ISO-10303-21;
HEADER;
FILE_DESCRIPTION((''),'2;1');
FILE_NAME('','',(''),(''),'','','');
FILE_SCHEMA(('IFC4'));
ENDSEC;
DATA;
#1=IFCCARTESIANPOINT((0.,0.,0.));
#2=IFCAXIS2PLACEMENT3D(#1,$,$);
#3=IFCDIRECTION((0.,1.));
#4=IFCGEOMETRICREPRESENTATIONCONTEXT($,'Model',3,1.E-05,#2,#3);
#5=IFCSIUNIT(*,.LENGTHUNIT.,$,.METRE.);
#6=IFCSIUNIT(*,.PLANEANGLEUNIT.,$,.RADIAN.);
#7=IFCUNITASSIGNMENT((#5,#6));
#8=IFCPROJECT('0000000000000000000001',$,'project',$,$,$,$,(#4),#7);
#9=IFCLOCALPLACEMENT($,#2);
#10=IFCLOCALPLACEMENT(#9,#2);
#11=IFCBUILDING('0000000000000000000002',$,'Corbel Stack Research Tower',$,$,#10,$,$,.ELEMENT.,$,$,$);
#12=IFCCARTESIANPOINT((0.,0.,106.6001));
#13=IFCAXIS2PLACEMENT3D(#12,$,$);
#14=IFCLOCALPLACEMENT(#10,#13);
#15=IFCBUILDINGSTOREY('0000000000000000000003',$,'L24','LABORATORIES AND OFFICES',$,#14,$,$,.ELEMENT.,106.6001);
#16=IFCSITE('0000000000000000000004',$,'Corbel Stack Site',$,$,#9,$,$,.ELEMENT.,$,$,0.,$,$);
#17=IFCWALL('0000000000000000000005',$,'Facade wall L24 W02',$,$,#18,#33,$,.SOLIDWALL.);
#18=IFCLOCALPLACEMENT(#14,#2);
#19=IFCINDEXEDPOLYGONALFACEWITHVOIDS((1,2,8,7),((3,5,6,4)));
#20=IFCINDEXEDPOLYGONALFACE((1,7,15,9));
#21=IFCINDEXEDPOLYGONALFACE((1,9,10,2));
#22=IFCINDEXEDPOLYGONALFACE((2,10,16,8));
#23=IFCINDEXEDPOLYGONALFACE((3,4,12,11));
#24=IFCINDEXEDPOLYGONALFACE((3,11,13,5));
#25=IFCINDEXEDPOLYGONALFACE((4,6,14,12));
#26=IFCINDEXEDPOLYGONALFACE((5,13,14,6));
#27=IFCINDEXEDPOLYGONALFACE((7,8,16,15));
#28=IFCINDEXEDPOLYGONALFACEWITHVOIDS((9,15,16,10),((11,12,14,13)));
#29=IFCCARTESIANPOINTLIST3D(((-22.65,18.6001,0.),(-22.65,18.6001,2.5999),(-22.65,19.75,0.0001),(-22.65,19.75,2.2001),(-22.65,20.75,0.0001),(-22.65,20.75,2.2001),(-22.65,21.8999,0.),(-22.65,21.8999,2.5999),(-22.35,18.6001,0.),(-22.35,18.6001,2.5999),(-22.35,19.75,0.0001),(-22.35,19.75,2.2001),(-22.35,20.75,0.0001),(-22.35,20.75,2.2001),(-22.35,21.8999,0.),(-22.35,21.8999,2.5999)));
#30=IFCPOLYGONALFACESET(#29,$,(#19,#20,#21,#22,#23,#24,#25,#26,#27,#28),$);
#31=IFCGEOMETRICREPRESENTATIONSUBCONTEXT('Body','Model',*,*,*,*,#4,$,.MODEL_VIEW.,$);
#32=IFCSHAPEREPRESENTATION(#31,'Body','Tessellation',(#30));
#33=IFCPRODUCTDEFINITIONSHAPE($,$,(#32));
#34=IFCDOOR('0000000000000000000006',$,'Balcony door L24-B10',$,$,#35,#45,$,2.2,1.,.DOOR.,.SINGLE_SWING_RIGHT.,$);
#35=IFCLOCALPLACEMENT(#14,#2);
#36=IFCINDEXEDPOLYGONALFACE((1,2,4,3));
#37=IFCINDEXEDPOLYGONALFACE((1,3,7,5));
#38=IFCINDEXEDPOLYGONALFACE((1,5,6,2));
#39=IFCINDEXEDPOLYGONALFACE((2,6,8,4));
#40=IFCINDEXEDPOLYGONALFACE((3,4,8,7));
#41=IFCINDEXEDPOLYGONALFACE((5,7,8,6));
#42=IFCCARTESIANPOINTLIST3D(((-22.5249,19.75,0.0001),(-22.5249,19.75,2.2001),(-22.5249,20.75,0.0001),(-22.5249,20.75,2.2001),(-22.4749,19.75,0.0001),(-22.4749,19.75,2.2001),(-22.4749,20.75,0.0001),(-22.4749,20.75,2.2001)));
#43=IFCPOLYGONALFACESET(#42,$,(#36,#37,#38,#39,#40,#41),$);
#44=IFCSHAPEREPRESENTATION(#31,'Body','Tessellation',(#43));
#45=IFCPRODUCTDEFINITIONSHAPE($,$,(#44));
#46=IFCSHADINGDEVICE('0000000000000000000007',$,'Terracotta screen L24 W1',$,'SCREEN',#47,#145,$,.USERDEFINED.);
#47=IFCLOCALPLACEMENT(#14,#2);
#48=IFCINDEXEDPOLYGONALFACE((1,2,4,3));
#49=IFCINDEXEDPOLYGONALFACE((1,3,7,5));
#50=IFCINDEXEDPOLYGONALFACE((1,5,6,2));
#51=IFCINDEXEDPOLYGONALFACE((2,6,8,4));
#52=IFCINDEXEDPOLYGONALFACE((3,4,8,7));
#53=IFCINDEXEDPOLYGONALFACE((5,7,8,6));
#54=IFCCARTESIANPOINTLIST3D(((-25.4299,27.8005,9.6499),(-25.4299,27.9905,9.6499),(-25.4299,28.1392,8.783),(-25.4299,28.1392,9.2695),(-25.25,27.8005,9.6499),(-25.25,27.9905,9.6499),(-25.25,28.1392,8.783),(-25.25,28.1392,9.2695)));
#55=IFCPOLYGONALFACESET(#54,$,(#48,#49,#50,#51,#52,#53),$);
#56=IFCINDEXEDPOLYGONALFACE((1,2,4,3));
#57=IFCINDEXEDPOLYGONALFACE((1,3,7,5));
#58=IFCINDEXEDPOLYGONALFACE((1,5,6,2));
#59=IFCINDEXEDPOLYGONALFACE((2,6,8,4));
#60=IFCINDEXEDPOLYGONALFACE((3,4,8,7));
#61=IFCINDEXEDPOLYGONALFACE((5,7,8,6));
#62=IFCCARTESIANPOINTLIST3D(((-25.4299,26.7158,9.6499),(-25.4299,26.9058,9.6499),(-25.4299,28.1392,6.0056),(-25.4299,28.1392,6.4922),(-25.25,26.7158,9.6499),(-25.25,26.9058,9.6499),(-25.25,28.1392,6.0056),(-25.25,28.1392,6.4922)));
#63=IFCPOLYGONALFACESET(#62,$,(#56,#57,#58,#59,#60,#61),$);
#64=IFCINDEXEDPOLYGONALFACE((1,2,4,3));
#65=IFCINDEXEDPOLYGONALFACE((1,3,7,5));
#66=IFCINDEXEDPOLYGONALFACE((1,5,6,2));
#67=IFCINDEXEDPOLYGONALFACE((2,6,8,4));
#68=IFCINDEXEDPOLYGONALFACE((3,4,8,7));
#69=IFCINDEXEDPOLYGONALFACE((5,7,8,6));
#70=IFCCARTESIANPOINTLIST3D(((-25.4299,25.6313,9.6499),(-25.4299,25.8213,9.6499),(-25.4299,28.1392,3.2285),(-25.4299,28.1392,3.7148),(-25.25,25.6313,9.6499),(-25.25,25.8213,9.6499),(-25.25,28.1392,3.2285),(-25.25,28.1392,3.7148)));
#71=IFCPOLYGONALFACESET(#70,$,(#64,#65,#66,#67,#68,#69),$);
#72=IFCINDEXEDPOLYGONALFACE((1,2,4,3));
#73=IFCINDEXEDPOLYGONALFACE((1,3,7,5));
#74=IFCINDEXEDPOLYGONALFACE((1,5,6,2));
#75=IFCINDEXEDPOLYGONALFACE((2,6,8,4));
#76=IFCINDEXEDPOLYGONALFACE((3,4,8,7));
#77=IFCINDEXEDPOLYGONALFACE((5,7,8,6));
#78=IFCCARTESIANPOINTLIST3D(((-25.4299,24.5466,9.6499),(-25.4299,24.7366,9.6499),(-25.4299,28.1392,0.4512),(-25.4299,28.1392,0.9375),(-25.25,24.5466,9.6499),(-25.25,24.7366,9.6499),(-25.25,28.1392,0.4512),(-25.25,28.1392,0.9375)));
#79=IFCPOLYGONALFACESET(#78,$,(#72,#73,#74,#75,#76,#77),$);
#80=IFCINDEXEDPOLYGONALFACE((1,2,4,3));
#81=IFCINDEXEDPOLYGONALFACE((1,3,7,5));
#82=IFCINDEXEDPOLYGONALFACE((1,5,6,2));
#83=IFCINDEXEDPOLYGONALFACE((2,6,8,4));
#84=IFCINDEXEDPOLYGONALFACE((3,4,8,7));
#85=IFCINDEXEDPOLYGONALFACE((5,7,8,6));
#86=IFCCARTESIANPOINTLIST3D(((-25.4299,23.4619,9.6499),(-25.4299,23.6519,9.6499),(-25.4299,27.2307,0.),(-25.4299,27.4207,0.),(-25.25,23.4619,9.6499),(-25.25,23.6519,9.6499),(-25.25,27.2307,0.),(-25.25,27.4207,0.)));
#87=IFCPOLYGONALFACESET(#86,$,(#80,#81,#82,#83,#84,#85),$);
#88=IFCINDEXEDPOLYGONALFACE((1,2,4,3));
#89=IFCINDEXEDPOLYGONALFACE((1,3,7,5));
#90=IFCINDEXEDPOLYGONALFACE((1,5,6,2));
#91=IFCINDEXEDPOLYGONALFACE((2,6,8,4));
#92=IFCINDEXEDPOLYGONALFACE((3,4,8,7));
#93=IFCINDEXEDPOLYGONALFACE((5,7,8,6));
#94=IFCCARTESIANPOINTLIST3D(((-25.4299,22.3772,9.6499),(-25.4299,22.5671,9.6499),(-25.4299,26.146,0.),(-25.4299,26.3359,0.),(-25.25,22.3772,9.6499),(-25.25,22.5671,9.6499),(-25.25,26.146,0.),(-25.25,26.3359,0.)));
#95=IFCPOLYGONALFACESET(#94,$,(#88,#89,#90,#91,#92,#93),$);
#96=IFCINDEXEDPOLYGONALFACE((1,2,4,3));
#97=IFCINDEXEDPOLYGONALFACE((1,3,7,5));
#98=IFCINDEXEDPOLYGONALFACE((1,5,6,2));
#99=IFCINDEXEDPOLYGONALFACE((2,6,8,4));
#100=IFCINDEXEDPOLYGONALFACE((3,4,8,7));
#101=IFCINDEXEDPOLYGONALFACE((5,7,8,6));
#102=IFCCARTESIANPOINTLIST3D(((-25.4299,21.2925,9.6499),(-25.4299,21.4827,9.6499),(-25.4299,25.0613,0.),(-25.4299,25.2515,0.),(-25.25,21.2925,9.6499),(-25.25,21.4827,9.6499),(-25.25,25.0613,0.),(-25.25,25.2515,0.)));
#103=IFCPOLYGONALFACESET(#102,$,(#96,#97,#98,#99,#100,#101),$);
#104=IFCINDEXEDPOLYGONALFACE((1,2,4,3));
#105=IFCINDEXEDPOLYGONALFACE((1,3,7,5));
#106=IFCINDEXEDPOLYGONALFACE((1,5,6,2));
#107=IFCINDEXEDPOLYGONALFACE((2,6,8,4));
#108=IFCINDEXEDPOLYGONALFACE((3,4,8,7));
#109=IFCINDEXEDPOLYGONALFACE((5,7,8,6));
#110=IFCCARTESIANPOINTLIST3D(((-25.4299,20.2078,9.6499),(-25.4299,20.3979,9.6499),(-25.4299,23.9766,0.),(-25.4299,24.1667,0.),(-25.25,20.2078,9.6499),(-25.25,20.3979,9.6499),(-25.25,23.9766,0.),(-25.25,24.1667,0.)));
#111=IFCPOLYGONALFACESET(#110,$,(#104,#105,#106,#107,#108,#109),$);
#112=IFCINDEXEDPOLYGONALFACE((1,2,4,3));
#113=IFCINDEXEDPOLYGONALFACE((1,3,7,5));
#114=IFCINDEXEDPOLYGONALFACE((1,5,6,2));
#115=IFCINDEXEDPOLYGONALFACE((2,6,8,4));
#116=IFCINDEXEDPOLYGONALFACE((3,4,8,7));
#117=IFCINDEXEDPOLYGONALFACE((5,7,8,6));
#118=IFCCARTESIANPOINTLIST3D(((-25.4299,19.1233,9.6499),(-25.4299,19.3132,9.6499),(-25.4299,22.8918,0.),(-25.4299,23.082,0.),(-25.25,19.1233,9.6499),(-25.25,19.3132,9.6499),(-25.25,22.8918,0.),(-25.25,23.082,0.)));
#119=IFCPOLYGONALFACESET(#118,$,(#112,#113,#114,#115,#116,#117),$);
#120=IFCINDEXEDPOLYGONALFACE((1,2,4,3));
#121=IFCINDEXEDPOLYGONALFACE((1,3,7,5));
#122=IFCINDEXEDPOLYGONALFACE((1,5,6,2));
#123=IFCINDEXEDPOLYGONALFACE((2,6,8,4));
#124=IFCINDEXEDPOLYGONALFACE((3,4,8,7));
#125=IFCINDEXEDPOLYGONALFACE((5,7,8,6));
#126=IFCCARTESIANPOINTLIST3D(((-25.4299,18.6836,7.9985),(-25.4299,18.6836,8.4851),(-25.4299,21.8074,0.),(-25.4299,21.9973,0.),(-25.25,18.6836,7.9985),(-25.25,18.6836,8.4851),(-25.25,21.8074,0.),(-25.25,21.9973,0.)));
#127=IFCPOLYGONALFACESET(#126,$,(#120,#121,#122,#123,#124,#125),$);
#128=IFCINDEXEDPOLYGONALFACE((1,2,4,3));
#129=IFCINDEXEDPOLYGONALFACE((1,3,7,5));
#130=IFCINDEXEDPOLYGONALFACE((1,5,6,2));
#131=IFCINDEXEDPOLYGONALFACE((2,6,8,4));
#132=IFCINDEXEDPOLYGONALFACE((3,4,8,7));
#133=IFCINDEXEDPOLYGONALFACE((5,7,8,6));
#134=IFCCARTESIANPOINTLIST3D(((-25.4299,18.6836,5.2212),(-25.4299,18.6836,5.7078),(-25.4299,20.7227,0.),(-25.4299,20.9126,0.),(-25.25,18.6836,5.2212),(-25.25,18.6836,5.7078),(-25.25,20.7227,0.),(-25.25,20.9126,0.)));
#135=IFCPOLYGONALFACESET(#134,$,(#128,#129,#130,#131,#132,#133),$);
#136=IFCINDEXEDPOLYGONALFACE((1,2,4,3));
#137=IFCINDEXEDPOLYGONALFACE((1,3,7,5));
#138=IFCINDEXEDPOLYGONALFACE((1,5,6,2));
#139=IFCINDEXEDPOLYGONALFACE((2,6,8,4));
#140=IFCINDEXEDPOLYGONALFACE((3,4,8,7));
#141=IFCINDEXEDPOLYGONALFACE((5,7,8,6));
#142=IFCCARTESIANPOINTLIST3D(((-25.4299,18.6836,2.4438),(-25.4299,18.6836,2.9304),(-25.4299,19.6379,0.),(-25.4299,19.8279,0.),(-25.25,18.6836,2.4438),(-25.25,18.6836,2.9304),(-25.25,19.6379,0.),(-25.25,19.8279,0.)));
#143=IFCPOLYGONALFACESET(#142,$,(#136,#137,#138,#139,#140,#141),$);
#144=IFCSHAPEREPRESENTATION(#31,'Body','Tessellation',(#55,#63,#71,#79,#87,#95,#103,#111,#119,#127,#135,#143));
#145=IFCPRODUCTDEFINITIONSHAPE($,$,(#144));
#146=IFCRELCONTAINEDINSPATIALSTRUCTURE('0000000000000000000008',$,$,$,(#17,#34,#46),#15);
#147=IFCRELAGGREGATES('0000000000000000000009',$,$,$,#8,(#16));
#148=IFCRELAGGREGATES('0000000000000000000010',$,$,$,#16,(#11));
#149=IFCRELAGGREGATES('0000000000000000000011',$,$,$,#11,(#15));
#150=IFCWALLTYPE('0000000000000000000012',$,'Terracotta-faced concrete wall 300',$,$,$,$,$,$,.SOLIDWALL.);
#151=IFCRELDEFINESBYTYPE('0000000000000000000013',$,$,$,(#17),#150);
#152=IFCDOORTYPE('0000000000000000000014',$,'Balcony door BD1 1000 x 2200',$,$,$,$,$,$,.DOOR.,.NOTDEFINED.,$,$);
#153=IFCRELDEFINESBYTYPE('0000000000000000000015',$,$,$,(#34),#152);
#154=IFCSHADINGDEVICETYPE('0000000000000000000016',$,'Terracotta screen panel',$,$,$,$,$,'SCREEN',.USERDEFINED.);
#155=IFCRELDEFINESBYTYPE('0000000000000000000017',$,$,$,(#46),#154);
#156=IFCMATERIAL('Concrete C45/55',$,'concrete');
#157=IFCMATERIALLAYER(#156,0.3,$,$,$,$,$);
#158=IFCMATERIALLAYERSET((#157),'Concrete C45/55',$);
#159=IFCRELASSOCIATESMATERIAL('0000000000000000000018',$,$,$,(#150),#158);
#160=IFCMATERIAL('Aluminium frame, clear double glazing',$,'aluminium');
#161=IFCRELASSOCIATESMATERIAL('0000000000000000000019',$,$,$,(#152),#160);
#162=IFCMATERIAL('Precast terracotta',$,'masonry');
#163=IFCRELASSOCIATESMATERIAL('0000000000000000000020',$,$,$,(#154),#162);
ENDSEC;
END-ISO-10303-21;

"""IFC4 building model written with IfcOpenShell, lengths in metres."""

from ifc_helpers import new_model, si_unit, direction, frame, frame_2d, origin, place, context, subcontext, project, spatial, polyline, rectangle, outline, extrude, source, transform, mapped, material, layer, layer_set, type_object, element, fill, save


model = new_model("IFC4")

# Units and contexts
model_context = context("Model", 3, precision=1e-05, world=origin(), true_north=direction((0.0, 1.0)))
body_context = subcontext(model_context, "Body", "Model", "MODEL_VIEW")
ifc_project = project(units=[si_unit("LENGTHUNIT", "METRE"), si_unit("PLANEANGLEUNIT", "RADIAN")], contexts=[model_context])

# Site, building, storey
site_placement = place(None, origin())
site = spatial("IfcSite", under=ifc_project, at=site_placement, Name="Corbel Stack Site", CompositionType="ELEMENT", RefElevation=0.0)
building_placement = place(site_placement, origin())
building = spatial("IfcBuilding", under=site, at=building_placement, Name="Corbel Stack Research Tower", CompositionType="ELEMENT")
storey_placement = place(building_placement, frame((0.0, 0.0, 106.6001)))
storey = spatial("IfcBuildingStorey", under=building, at=storey_placement, Name="L24", Description="LABORATORIES AND OFFICES", CompositionType="ELEMENT", Elevation=106.6001)

# Shared definitions
ifc_material_1 = material(Name="Concrete C45/55", Category="concrete")
ifc_layer_1 = layer(ifc_material_1, 0.3)
ifc_layer_set_1 = layer_set([ifc_layer_1], Name="Concrete C45/55")
wall_type_1 = type_object("IfcWallType", Name="Terracotta-faced concrete wall 300", PredefinedType="SOLIDWALL", material=ifc_layer_set_1)

# Wall, opening, door
wall_1_placement = place(storey_placement, frame((-22.5, 18.6001, 0.0), z_axis=(0.0, 0.0, 1.0), x_axis=(0.0, 1.0, 0.0)))
wall_1 = element("IfcWall", 1, at=wall_1_placement, inside=storey, type_object=wall_type_1, Name="Facade wall L24 W02", PredefinedType="SOLIDWALL", context=body_context, shape_type="SweptSolid", body=[
    extrude(rectangle(XDim=3.2998, YDim=0.3, at=frame_2d((1.6499, 0.0))), origin(), (0.0, 0.0, 1.0), 2.5999),
])
opening_1_placement = place(wall_1_placement, frame((1.1499, 0.0, 0.0)))
opening_1 = element("IfcOpeningElement", 2, at=opening_1_placement, cuts=wall_1, PredefinedType="OPENING", context=body_context, shape_type="SweptSolid", body=[
    extrude(rectangle(XDim=1.0, YDim=2.2, at=frame_2d((0.5, 1.1001))), frame((0.0, 0.1599, 0.0), z_axis=(0.0, -1.0, 0.0), x_axis=(1.0, 0.0, 0.0)), (0.0, 0.0, 1.0), 0.3201),
])
ifc_material_2 = material(Name="Aluminium frame, clear double glazing", Category="aluminium")
door_type_1 = type_object("IfcDoorType", Name="Balcony door BD1 1000 x 2200", OperationType="NOTDEFINED", PredefinedType="DOOR", material=ifc_material_2)
door_1_placement = place(opening_1_placement, origin())
door_1 = element("IfcDoor", 3, at=door_1_placement, inside=storey, type_object=door_type_1, Name="Balcony door L24-B10", OperationType="SINGLE_SWING_RIGHT", OverallHeight=2.2, OverallWidth=1.0, PredefinedType="DOOR", context=body_context, shape_type="SweptSolid", body=[
    extrude(rectangle(XDim=1.0, YDim=2.2, at=frame_2d((0.5, 1.1001))), frame((0.0, 0.0249, 0.0), z_axis=(0.0, -1.0, 0.0), x_axis=(1.0, 0.0, 0.0)), (0.0, 0.0, 1.0), 0.05),
])
fill(opening_1, door_1)

# Shading device
ifc_material_3 = material(Name="Precast terracotta", Category="masonry")
shading_device_type = type_object("IfcShadingDeviceType", Name="Terracotta screen panel", ElementType="SCREEN", PredefinedType="USERDEFINED", material=ifc_material_3)
shared_shape_1 = source(origin(), body_context, "Body", "SweptSolid", [
    extrude(outline(polyline([(0.3386, 9.6499), (0.1487, 9.6499), (0.0, 9.2695), (0.0, 8.783), (0.3386, 9.6499)])), frame((0.0, 0.0, 0.0), z_axis=(0.0, -1.0, 0.0), x_axis=(1.0, 0.0, 0.0)), (0.0, 0.0, 1.0), 0.1799),
    extrude(outline(polyline([(1.4233, 9.6499), (1.2334, 9.6499), (0.0, 6.4922), (0.0, 6.0056), (1.4233, 9.6499)])), frame((0.0, 0.0, 0.0), z_axis=(0.0, -1.0, 0.0), x_axis=(1.0, 0.0, 0.0)), (0.0, 0.0, 1.0), 0.1799),
    extrude(outline(polyline([(2.5078, 9.6499), (2.3179, 9.6499), (0.0, 3.7148), (0.0, 3.2285), (2.5078, 9.6499)])), frame((0.0, 0.0, 0.0), z_axis=(0.0, -1.0, 0.0), x_axis=(1.0, 0.0, 0.0)), (0.0, 0.0, 1.0), 0.1799),
    extrude(outline(polyline([(3.5925, 9.6499), (3.4026, 9.6499), (0.0, 0.9375), (0.0, 0.4512), (3.5925, 9.6499)])), frame((0.0, 0.0, 0.0), z_axis=(0.0, -1.0, 0.0), x_axis=(1.0, 0.0, 0.0)), (0.0, 0.0, 1.0), 0.1799),
    extrude(outline(polyline([(0.9084, 0.0), (4.6772, 9.6499), (4.4873, 9.6499), (0.7185, 0.0), (0.9084, 0.0)])), frame((0.0, 0.0, 0.0), z_axis=(0.0, -1.0, 0.0), x_axis=(1.0, 0.0, 0.0)), (0.0, 0.0, 1.0), 0.1799),
    extrude(outline(polyline([(1.9932, 0.0), (5.762, 9.6499), (5.572, 9.6499), (1.8032, 0.0), (1.9932, 0.0)])), frame((0.0, 0.0, 0.0), z_axis=(0.0, -1.0, 0.0), x_axis=(1.0, 0.0, 0.0)), (0.0, 0.0, 1.0), 0.1799),
    extrude(outline(polyline([(3.0779, 0.0), (6.8467, 9.6499), (6.6565, 9.6499), (2.8877, 0.0), (3.0779, 0.0)])), frame((0.0, 0.0, 0.0), z_axis=(0.0, -1.0, 0.0), x_axis=(1.0, 0.0, 0.0)), (0.0, 0.0, 1.0), 0.1799),
    extrude(outline(polyline([(4.1626, 0.0), (7.9314, 9.6499), (7.7412, 9.6499), (3.9724, 0.0), (4.1626, 0.0)])), frame((0.0, 0.0, 0.0), z_axis=(0.0, -1.0, 0.0), x_axis=(1.0, 0.0, 0.0)), (0.0, 0.0, 1.0), 0.1799),
    extrude(outline(polyline([(5.2473, 0.0), (9.0159, 9.6499), (8.8259, 9.6499), (5.0571, 0.0), (5.2473, 0.0)])), frame((0.0, 0.0, 0.0), z_axis=(0.0, -1.0, 0.0), x_axis=(1.0, 0.0, 0.0)), (0.0, 0.0, 1.0), 0.1799),
    extrude(outline(polyline([(6.3318, 0.0), (9.4556, 7.9985), (9.4556, 8.4851), (6.1418, 0.0), (6.3318, 0.0)])), frame((0.0, 0.0, 0.0), z_axis=(0.0, -1.0, 0.0), x_axis=(1.0, 0.0, 0.0)), (0.0, 0.0, 1.0), 0.1799),
    extrude(outline(polyline([(7.4165, 0.0), (9.4556, 5.2212), (9.4556, 5.7078), (7.2266, 0.0), (7.4165, 0.0)])), frame((0.0, 0.0, 0.0), z_axis=(0.0, -1.0, 0.0), x_axis=(1.0, 0.0, 0.0)), (0.0, 0.0, 1.0), 0.1799),
    extrude(outline(polyline([(8.5012, 0.0), (9.4556, 2.4438), (9.4556, 2.9304), (8.3113, 0.0), (8.5012, 0.0)])), frame((0.0, 0.0, 0.0), z_axis=(0.0, -1.0, 0.0), x_axis=(1.0, 0.0, 0.0)), (0.0, 0.0, 1.0), 0.1799),
])
shading_device_1_placement = place(storey_placement, frame((-25.25, 28.1392, 0.0), z_axis=(0.0, 0.0, 1.0), x_axis=(0.0, -1.0, 0.0)))
element("IfcShadingDevice", 4, at=shading_device_1_placement, inside=storey, type_object=shading_device_type, Name="Terracotta screen L24 W1", ObjectType="SCREEN", PredefinedType="USERDEFINED", context=body_context, shape_type="MappedRepresentation", body=[
    mapped(shared_shape_1, transform((0.0, 0.0, 0.0))),
])

save(model, "model.ifc")
